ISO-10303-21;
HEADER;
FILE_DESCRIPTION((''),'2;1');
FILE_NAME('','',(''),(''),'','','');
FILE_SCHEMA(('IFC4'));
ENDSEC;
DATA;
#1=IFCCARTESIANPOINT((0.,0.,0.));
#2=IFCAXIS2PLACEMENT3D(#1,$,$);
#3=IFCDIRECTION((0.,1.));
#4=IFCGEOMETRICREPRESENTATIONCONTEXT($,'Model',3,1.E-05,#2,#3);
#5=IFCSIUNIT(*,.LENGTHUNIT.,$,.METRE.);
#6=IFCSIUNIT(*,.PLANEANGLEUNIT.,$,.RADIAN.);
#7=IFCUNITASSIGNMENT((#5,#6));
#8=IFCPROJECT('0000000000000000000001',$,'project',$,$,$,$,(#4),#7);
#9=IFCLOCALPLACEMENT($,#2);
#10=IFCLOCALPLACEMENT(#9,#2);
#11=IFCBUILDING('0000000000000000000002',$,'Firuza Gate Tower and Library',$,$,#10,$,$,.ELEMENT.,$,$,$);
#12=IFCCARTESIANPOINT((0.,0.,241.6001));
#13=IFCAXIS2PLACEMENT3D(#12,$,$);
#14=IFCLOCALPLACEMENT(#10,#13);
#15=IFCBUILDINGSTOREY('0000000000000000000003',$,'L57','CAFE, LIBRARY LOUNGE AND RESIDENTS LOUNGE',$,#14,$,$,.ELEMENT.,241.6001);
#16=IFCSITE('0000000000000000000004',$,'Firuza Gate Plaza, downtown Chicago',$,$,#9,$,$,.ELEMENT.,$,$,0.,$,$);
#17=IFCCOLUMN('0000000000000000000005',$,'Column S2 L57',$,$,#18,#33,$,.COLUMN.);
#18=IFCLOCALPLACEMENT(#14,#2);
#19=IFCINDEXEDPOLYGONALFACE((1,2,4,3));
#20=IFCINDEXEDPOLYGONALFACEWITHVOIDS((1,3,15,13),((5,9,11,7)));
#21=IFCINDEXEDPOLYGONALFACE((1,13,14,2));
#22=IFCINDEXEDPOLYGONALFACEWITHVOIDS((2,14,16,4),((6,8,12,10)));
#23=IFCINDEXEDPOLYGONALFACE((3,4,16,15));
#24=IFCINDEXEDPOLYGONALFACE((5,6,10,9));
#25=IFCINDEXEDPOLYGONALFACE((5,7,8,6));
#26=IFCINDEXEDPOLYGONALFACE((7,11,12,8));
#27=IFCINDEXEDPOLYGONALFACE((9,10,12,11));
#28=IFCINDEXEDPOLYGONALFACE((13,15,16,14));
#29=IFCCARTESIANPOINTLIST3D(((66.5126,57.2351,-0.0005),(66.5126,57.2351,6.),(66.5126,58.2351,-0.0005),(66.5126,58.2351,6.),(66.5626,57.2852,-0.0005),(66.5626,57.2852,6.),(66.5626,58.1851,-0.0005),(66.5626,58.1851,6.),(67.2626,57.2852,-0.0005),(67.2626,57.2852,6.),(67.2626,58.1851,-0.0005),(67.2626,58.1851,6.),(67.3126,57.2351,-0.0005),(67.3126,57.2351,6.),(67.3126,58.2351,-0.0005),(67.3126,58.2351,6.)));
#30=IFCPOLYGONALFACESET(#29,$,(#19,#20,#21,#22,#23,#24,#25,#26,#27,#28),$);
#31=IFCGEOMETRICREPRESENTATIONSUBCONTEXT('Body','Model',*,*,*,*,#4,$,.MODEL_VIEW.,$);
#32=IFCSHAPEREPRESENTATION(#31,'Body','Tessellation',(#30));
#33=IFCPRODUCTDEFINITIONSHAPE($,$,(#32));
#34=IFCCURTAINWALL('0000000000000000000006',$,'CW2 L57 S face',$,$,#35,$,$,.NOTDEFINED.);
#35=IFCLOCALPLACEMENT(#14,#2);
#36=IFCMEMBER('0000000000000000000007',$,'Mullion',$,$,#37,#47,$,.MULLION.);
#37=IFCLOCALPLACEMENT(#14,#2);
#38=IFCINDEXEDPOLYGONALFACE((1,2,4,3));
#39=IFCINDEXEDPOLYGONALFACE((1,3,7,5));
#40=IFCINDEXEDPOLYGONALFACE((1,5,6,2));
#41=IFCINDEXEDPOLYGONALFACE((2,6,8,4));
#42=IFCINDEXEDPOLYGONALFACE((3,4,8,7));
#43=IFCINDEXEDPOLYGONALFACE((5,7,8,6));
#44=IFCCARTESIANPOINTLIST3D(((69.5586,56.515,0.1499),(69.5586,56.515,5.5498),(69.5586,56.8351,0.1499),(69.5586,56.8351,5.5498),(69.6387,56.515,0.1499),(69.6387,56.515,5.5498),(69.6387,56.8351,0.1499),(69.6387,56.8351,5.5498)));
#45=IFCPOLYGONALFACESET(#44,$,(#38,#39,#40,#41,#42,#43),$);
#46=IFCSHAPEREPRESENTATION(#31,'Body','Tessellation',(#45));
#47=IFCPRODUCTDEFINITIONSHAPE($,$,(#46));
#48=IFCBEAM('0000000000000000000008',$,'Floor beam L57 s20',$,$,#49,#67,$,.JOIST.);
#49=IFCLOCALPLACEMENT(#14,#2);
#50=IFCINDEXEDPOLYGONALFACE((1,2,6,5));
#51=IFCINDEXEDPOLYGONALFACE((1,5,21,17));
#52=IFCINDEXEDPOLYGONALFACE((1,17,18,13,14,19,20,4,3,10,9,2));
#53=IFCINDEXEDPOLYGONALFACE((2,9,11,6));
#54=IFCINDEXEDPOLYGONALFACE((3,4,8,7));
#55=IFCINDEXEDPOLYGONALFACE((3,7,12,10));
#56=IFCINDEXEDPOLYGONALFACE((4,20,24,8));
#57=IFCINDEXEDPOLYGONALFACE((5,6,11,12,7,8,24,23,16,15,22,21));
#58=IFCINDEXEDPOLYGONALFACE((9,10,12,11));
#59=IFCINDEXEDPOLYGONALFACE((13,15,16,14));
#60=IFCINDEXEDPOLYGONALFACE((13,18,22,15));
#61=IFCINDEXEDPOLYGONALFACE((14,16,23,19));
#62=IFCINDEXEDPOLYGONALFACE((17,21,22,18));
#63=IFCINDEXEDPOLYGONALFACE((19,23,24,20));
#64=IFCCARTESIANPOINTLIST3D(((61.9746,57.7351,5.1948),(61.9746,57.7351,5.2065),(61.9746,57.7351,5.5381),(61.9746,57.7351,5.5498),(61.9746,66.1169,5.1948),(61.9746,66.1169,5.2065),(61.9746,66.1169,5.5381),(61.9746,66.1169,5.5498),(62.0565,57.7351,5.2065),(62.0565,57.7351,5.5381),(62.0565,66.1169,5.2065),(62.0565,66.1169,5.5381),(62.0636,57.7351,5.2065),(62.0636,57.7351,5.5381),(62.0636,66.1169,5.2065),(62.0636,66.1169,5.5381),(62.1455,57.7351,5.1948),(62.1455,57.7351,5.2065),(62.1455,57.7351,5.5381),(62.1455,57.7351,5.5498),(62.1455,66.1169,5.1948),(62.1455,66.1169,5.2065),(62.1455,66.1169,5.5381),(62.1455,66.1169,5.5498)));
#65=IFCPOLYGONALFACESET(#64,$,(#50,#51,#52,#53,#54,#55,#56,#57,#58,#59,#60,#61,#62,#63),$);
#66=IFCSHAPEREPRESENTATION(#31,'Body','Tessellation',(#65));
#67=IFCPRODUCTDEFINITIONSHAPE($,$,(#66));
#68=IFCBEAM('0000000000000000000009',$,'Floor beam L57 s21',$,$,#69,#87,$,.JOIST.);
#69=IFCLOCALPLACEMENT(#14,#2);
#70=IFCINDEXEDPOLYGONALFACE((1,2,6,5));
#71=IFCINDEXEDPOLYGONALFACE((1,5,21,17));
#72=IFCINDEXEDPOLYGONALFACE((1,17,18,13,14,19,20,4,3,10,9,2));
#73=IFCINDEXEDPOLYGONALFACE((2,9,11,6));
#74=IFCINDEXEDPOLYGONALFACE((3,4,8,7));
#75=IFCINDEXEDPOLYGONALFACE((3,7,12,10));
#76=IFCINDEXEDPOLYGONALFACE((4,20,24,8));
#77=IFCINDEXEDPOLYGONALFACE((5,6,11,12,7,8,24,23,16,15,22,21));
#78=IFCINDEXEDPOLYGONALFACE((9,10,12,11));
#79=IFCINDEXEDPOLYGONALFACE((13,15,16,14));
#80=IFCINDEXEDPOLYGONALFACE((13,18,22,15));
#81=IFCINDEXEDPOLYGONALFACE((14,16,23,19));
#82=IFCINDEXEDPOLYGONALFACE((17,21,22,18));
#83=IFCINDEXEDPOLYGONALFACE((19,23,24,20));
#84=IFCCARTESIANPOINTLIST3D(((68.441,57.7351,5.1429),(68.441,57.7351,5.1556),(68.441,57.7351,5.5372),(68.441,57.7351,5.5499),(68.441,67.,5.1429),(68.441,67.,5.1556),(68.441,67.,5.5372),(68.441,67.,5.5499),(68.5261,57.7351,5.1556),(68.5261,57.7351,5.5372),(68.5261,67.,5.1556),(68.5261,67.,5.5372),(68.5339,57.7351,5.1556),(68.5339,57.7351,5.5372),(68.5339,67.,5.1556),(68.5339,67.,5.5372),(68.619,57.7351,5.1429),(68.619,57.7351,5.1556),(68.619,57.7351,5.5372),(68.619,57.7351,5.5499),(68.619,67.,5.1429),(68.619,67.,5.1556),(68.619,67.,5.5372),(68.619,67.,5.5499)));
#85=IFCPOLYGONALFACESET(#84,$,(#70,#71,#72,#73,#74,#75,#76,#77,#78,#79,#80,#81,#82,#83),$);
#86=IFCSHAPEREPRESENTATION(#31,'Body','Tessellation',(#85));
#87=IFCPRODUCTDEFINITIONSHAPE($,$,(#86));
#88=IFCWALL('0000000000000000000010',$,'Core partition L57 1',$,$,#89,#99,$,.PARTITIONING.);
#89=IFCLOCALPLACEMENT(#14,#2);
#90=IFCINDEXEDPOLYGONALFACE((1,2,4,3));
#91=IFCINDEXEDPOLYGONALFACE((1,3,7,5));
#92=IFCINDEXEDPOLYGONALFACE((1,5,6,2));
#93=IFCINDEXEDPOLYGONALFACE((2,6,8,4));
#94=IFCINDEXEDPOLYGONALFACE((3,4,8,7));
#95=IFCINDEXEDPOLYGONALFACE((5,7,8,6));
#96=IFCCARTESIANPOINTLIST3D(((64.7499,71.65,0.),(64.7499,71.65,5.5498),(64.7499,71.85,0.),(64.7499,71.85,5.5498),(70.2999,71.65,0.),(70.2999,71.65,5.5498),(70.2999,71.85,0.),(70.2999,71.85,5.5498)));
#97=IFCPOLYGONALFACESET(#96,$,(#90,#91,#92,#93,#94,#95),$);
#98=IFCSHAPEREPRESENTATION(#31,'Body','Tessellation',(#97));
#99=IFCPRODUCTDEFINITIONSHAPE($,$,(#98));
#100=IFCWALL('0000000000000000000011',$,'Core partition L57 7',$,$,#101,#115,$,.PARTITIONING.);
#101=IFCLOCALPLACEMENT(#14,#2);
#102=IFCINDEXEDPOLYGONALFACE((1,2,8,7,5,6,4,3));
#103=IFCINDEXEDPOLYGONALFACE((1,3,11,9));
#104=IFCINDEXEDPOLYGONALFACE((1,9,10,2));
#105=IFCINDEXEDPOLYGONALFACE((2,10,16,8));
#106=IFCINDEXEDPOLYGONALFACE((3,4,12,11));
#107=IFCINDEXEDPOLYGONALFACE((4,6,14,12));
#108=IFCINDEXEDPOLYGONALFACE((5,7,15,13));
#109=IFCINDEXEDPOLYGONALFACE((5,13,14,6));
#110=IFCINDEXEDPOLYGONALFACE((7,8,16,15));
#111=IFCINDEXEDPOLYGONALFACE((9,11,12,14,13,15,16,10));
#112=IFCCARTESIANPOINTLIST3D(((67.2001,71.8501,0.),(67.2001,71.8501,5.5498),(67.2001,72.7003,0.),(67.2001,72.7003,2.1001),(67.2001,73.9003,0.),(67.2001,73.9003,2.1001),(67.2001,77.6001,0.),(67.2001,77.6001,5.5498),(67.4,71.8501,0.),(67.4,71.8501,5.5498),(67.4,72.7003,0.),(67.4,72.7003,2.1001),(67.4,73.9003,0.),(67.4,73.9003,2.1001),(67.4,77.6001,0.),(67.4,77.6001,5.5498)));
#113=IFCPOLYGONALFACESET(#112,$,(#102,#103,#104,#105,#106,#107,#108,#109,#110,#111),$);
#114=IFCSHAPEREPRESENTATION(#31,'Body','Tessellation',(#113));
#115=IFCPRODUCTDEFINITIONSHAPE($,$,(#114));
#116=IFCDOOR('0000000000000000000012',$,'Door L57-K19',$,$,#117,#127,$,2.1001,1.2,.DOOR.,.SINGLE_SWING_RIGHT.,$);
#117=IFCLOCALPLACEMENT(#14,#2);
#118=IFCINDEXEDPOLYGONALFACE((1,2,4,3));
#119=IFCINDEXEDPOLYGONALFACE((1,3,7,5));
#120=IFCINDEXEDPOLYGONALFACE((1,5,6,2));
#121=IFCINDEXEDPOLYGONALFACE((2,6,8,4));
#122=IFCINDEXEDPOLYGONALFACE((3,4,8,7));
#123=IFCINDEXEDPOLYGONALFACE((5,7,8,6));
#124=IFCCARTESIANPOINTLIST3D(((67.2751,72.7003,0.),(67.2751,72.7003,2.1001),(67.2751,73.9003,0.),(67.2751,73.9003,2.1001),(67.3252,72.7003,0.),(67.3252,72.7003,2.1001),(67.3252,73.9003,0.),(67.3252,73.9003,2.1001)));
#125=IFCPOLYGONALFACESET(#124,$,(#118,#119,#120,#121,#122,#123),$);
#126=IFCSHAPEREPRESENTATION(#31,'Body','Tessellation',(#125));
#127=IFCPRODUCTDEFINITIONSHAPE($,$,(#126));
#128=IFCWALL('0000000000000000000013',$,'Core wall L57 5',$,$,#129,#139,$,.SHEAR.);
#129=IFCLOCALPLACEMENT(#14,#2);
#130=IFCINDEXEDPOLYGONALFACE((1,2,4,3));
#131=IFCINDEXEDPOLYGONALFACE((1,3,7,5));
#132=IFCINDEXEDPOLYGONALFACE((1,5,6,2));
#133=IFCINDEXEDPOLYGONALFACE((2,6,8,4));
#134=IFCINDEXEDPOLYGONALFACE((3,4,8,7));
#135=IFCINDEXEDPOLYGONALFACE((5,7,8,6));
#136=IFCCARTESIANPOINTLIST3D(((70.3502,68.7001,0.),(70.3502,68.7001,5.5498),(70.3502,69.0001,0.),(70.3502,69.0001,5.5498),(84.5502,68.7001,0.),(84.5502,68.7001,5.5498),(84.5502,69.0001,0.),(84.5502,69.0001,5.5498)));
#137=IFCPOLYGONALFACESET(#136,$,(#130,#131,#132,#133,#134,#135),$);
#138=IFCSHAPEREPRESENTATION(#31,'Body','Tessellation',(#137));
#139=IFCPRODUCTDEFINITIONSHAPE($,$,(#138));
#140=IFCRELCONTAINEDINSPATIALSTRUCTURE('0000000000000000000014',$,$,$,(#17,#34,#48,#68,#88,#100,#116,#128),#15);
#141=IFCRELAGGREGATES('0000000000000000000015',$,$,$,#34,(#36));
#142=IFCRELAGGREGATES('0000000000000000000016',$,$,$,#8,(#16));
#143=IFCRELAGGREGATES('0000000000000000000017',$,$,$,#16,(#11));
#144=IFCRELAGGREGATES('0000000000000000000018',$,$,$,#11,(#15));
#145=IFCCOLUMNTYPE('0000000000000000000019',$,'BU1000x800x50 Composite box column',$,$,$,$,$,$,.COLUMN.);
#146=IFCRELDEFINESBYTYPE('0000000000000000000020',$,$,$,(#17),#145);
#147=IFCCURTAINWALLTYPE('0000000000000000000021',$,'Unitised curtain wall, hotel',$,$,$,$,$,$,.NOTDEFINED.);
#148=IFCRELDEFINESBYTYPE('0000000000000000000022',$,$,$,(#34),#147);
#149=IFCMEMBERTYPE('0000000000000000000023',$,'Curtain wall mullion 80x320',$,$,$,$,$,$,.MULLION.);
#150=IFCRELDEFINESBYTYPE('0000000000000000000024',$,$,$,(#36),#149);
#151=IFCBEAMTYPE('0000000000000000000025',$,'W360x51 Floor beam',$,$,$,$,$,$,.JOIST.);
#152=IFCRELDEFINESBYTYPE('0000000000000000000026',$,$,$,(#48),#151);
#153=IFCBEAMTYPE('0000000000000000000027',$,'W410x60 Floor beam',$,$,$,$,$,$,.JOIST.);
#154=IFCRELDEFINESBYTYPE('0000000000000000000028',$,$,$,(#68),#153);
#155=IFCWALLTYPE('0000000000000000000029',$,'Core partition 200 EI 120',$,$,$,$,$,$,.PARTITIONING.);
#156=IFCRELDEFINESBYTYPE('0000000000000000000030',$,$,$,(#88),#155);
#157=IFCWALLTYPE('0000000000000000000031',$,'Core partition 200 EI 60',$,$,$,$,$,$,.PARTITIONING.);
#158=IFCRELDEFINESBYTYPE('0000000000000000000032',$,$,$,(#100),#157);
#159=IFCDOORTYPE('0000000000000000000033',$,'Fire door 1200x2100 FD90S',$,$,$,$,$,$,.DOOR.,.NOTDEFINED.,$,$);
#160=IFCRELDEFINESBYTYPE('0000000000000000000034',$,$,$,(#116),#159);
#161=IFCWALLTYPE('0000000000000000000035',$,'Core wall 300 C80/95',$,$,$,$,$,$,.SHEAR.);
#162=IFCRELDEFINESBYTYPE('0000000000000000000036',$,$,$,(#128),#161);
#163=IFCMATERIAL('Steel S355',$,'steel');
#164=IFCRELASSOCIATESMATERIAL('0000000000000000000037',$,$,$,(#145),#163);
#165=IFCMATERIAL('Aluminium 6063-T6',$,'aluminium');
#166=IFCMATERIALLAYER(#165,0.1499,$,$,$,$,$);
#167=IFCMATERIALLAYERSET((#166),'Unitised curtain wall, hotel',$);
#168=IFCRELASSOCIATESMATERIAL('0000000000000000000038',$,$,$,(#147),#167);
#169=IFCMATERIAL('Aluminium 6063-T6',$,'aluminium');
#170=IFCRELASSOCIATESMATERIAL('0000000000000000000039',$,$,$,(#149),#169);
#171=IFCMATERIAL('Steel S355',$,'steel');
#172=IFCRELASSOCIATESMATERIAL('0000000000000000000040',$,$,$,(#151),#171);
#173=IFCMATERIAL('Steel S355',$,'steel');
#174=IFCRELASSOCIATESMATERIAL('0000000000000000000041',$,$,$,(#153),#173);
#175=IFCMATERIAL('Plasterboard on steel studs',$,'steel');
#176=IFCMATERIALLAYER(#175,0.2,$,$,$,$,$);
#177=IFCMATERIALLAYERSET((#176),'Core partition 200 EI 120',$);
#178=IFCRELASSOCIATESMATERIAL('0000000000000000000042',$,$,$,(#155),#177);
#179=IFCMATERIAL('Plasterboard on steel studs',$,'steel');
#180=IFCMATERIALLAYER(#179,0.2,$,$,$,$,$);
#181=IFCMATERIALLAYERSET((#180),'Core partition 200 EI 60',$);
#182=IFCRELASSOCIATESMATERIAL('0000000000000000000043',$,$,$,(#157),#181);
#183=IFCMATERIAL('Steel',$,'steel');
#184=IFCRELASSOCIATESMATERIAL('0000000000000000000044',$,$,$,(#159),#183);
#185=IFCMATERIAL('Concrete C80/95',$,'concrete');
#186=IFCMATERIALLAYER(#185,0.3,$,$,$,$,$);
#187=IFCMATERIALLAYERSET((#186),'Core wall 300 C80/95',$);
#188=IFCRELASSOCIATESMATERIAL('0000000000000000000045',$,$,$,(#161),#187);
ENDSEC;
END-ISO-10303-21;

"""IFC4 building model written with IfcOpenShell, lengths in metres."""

from ifc_helpers import new_model, si_unit, direction, frame, frame_2d, origin, origin_2d, place, context, subcontext, project, spatial, rectangle, hollow_rectangle, i_section, extrude, material, layer, layer_set, material_profile, profile_set, type_object, element, fill, aggregate, save


model = new_model("IFC4")

# Units and contexts
model_context = context("Model", 3, precision=1e-05, world=origin(), true_north=direction((0.0, 1.0)))
body_context = subcontext(model_context, "Body", "Model", "MODEL_VIEW")
ifc_project = project(units=[si_unit("LENGTHUNIT", "METRE"), si_unit("PLANEANGLEUNIT", "RADIAN")], contexts=[model_context])

# Site, building, storey
site_placement = place(None, origin())
site = spatial("IfcSite", under=ifc_project, at=site_placement, Name="Firuza Gate Plaza, downtown Chicago", CompositionType="ELEMENT", RefElevation=0.0)
building_placement = place(site_placement, origin())
building = spatial("IfcBuilding", under=site, at=building_placement, Name="Firuza Gate Tower and Library", CompositionType="ELEMENT")
storey_placement = place(building_placement, frame((0.0, 0.0, 241.6001)))
storey = spatial("IfcBuildingStorey", under=building, at=storey_placement, Name="L57", Description="CAFE, LIBRARY LOUNGE AND RESIDENTS LOUNGE", CompositionType="ELEMENT", Elevation=241.6001)

# Column
ifc_material_1 = material(Name="Steel S355", Category="steel")
ifc_material_profile_1 = material_profile(ifc_material_1, hollow_rectangle(XDim=0.8, YDim=1.0, WallThickness=0.05, at=origin_2d()))
ifc_profile_set_1 = profile_set([ifc_material_profile_1], Name="Steel S355")
column_type = type_object("IfcColumnType", Name="BU1000x800x50 Composite box column", PredefinedType="COLUMN", material=ifc_profile_set_1)
column_placement = place(storey_placement, frame((66.9126, 57.7351, -0.0005), z_axis=(0.0, 0.0, 1.0), x_axis=(1.0, 0.0, 0.0)))
element("IfcColumn", 1, at=column_placement, inside=storey, type_object=column_type, Name="Column S2 L57", PredefinedType="COLUMN", context=body_context, shape_type="SweptSolid", body=[
    extrude(hollow_rectangle(XDim=0.8, YDim=1.0, WallThickness=0.05, at=origin_2d()), origin(), (0.0, 0.0, 1.0), 6.0005),
])

# Curtain wall, member
ifc_material_2 = material(Name="Aluminium 6063-T6", Category="aluminium")
ifc_layer_1 = layer(ifc_material_2, 0.1499)
ifc_layer_set_1 = layer_set([ifc_layer_1], Name="Unitised curtain wall, hotel")
curtain_wall_type = type_object("IfcCurtainWallType", Name="Unitised curtain wall, hotel", PredefinedType="NOTDEFINED", material=ifc_layer_set_1)
curtain_wall_placement = place(storey_placement, origin())
curtain_wall = element("IfcCurtainWall", 2, at=curtain_wall_placement, inside=storey, type_object=curtain_wall_type, Name="CW2 L57 S face", PredefinedType="NOTDEFINED")
ifc_material_3 = material(Name="Aluminium 6063-T6", Category="aluminium")
ifc_material_profile_2 = material_profile(ifc_material_3, rectangle(XDim=0.3201, YDim=0.0801, at=origin_2d()))
ifc_profile_set_2 = profile_set([ifc_material_profile_2], Name="Aluminium 6063-T6")
member_type = type_object("IfcMemberType", Name="Curtain wall mullion 80x320", PredefinedType="MULLION", material=ifc_profile_set_2)
member_placement = place(storey_placement, frame((69.5986, 56.675, 0.1499), z_axis=(0.0, 0.0, 1.0), x_axis=(0.0, 1.0, 0.0)))
member = element("IfcMember", 3, at=member_placement, type_object=member_type, Name="Mullion", PredefinedType="MULLION", context=body_context, shape_type="SweptSolid", body=[
    extrude(rectangle(XDim=0.3201, YDim=0.0801, at=origin_2d()), origin(), (0.0, 0.0, 1.0), 5.3999),
])
aggregate(curtain_wall, [member])

# Beams
ifc_material_4 = material(Name="Steel S355", Category="steel")
ifc_material_profile_3 = material_profile(ifc_material_4, i_section(OverallWidth=0.1709, OverallDepth=0.355, WebThickness=0.0071, FlangeThickness=0.0117, at=origin_2d()))
ifc_profile_set_3 = profile_set([ifc_material_profile_3], Name="Steel S355")
beam_type_1 = type_object("IfcBeamType", Name="W360x51 Floor beam", PredefinedType="JOIST", material=ifc_profile_set_3)
beam_1_placement = place(storey_placement, frame((62.0601, 57.7351, 5.3723), z_axis=(0.0, 1.0, 0.0), x_axis=(-1.0, 0.0, 0.0)))
element("IfcBeam", 4, at=beam_1_placement, inside=storey, type_object=beam_type_1, Name="Floor beam L57 s20", PredefinedType="JOIST", context=body_context, shape_type="SweptSolid", body=[
    extrude(i_section(OverallWidth=0.1709, OverallDepth=0.355, WebThickness=0.0071, FlangeThickness=0.0117, at=origin_2d()), origin(), (0.0, 0.0, 1.0), 8.3818),
])
ifc_material_5 = material(Name="Steel S355", Category="steel")
ifc_material_profile_4 = material_profile(ifc_material_5, i_section(OverallWidth=0.178, OverallDepth=0.407, WebThickness=0.0078, FlangeThickness=0.0127, at=origin_2d()))
ifc_profile_set_4 = profile_set([ifc_material_profile_4], Name="Steel S355")
beam_type_2 = type_object("IfcBeamType", Name="W410x60 Floor beam", PredefinedType="JOIST", material=ifc_profile_set_4)
beam_2_placement = place(storey_placement, frame((68.53, 57.7351, 5.3464), z_axis=(0.0, 1.0, 0.0), x_axis=(-1.0, 0.0, 0.0)))
element("IfcBeam", 5, at=beam_2_placement, inside=storey, type_object=beam_type_2, Name="Floor beam L57 s21", PredefinedType="JOIST", context=body_context, shape_type="SweptSolid", body=[
    extrude(i_section(OverallWidth=0.178, OverallDepth=0.407, WebThickness=0.0078, FlangeThickness=0.0127, at=origin_2d()), origin(), (0.0, 0.0, 1.0), 9.2649),
])

# Wall
ifc_material_6 = material(Name="Plasterboard on steel studs", Category="steel")
ifc_layer_2 = layer(ifc_material_6, 0.2)
ifc_layer_set_2 = layer_set([ifc_layer_2], Name="Core partition 200 EI 120")
wall_type_1 = type_object("IfcWallType", Name="Core partition 200 EI 120", PredefinedType="PARTITIONING", material=ifc_layer_set_2)
wall_1_placement = place(storey_placement, frame((64.75, 71.75, 0.0), z_axis=(0.0, 0.0, 1.0), x_axis=(1.0, 0.0, 0.0)))
element("IfcWall", 6, at=wall_1_placement, inside=storey, type_object=wall_type_1, Name="Core partition L57 1", PredefinedType="PARTITIONING", context=body_context, shape_type="SweptSolid", body=[
    extrude(rectangle(XDim=5.55, YDim=0.2, at=frame_2d((2.7749, 0.0))), origin(), (0.0, 0.0, 1.0), 5.5498),
])

# Wall, opening, door
ifc_material_7 = material(Name="Plasterboard on steel studs", Category="steel")
ifc_layer_3 = layer(ifc_material_7, 0.2)
ifc_layer_set_3 = layer_set([ifc_layer_3], Name="Core partition 200 EI 60")
wall_type_2 = type_object("IfcWallType", Name="Core partition 200 EI 60", PredefinedType="PARTITIONING", material=ifc_layer_set_3)
wall_2_placement = place(storey_placement, frame((67.3, 71.8501, 0.0), z_axis=(0.0, 0.0, 1.0), x_axis=(0.0, 1.0, 0.0)))
wall_2 = element("IfcWall", 7, at=wall_2_placement, inside=storey, type_object=wall_type_2, Name="Core partition L57 7", PredefinedType="PARTITIONING", context=body_context, shape_type="SweptSolid", body=[
    extrude(rectangle(XDim=5.75, YDim=0.2, at=frame_2d((2.875, 0.0))), origin(), (0.0, 0.0, 1.0), 5.5498),
])
opening_1_placement = place(wall_2_placement, frame((0.8501, 0.0, 0.0)))
opening_1 = element("IfcOpeningElement", 8, at=opening_1_placement, cuts=wall_2, PredefinedType="OPENING", context=body_context, shape_type="SweptSolid", body=[
    extrude(rectangle(XDim=1.2, YDim=2.1001, at=frame_2d((0.6001, 1.05))), frame((0.0, 0.1099, 0.0), z_axis=(0.0, -1.0, 0.0), x_axis=(1.0, 0.0, 0.0)), (0.0, 0.0, 1.0), 0.22),
])
ifc_material_8 = material(Name="Steel", Category="steel")
door_type_1 = type_object("IfcDoorType", Name="Fire door 1200x2100 FD90S", OperationType="NOTDEFINED", PredefinedType="DOOR", material=ifc_material_8)
door_1_placement = place(opening_1_placement, origin())
door_1 = element("IfcDoor", 9, at=door_1_placement, inside=storey, type_object=door_type_1, Name="Door L57-K19", OperationType="SINGLE_SWING_RIGHT", OverallHeight=2.1001, OverallWidth=1.2, PredefinedType="DOOR", context=body_context, shape_type="SweptSolid", body=[
    extrude(rectangle(XDim=1.2, YDim=2.1001, at=frame_2d((0.6001, 1.05))), frame((0.0, 0.0249, 0.0), z_axis=(0.0, -1.0, 0.0), x_axis=(1.0, 0.0, 0.0)), (0.0, 0.0, 1.0), 0.05),
])
fill(opening_1, door_1)

# Wall
ifc_material_9 = material(Name="Concrete C80/95", Category="concrete")
ifc_layer_4 = layer(ifc_material_9, 0.3)
ifc_layer_set_4 = layer_set([ifc_layer_4], Name="Core wall 300 C80/95")
wall_type_3 = type_object("IfcWallType", Name="Core wall 300 C80/95", PredefinedType="SHEAR", material=ifc_layer_set_4)
wall_3_placement = place(storey_placement, frame((70.3501, 68.8501, 0.0), z_axis=(0.0, 0.0, 1.0), x_axis=(1.0, 0.0, 0.0)))
element("IfcWall", 10, at=wall_3_placement, inside=storey, type_object=wall_type_3, Name="Core wall L57 5", PredefinedType="SHEAR", context=body_context, shape_type="SweptSolid", body=[
    extrude(rectangle(XDim=14.2, YDim=0.3, at=frame_2d((7.1001, 0.0))), origin(), (0.0, 0.0, 1.0), 5.5498),
])

save(model, "model.ifc")
